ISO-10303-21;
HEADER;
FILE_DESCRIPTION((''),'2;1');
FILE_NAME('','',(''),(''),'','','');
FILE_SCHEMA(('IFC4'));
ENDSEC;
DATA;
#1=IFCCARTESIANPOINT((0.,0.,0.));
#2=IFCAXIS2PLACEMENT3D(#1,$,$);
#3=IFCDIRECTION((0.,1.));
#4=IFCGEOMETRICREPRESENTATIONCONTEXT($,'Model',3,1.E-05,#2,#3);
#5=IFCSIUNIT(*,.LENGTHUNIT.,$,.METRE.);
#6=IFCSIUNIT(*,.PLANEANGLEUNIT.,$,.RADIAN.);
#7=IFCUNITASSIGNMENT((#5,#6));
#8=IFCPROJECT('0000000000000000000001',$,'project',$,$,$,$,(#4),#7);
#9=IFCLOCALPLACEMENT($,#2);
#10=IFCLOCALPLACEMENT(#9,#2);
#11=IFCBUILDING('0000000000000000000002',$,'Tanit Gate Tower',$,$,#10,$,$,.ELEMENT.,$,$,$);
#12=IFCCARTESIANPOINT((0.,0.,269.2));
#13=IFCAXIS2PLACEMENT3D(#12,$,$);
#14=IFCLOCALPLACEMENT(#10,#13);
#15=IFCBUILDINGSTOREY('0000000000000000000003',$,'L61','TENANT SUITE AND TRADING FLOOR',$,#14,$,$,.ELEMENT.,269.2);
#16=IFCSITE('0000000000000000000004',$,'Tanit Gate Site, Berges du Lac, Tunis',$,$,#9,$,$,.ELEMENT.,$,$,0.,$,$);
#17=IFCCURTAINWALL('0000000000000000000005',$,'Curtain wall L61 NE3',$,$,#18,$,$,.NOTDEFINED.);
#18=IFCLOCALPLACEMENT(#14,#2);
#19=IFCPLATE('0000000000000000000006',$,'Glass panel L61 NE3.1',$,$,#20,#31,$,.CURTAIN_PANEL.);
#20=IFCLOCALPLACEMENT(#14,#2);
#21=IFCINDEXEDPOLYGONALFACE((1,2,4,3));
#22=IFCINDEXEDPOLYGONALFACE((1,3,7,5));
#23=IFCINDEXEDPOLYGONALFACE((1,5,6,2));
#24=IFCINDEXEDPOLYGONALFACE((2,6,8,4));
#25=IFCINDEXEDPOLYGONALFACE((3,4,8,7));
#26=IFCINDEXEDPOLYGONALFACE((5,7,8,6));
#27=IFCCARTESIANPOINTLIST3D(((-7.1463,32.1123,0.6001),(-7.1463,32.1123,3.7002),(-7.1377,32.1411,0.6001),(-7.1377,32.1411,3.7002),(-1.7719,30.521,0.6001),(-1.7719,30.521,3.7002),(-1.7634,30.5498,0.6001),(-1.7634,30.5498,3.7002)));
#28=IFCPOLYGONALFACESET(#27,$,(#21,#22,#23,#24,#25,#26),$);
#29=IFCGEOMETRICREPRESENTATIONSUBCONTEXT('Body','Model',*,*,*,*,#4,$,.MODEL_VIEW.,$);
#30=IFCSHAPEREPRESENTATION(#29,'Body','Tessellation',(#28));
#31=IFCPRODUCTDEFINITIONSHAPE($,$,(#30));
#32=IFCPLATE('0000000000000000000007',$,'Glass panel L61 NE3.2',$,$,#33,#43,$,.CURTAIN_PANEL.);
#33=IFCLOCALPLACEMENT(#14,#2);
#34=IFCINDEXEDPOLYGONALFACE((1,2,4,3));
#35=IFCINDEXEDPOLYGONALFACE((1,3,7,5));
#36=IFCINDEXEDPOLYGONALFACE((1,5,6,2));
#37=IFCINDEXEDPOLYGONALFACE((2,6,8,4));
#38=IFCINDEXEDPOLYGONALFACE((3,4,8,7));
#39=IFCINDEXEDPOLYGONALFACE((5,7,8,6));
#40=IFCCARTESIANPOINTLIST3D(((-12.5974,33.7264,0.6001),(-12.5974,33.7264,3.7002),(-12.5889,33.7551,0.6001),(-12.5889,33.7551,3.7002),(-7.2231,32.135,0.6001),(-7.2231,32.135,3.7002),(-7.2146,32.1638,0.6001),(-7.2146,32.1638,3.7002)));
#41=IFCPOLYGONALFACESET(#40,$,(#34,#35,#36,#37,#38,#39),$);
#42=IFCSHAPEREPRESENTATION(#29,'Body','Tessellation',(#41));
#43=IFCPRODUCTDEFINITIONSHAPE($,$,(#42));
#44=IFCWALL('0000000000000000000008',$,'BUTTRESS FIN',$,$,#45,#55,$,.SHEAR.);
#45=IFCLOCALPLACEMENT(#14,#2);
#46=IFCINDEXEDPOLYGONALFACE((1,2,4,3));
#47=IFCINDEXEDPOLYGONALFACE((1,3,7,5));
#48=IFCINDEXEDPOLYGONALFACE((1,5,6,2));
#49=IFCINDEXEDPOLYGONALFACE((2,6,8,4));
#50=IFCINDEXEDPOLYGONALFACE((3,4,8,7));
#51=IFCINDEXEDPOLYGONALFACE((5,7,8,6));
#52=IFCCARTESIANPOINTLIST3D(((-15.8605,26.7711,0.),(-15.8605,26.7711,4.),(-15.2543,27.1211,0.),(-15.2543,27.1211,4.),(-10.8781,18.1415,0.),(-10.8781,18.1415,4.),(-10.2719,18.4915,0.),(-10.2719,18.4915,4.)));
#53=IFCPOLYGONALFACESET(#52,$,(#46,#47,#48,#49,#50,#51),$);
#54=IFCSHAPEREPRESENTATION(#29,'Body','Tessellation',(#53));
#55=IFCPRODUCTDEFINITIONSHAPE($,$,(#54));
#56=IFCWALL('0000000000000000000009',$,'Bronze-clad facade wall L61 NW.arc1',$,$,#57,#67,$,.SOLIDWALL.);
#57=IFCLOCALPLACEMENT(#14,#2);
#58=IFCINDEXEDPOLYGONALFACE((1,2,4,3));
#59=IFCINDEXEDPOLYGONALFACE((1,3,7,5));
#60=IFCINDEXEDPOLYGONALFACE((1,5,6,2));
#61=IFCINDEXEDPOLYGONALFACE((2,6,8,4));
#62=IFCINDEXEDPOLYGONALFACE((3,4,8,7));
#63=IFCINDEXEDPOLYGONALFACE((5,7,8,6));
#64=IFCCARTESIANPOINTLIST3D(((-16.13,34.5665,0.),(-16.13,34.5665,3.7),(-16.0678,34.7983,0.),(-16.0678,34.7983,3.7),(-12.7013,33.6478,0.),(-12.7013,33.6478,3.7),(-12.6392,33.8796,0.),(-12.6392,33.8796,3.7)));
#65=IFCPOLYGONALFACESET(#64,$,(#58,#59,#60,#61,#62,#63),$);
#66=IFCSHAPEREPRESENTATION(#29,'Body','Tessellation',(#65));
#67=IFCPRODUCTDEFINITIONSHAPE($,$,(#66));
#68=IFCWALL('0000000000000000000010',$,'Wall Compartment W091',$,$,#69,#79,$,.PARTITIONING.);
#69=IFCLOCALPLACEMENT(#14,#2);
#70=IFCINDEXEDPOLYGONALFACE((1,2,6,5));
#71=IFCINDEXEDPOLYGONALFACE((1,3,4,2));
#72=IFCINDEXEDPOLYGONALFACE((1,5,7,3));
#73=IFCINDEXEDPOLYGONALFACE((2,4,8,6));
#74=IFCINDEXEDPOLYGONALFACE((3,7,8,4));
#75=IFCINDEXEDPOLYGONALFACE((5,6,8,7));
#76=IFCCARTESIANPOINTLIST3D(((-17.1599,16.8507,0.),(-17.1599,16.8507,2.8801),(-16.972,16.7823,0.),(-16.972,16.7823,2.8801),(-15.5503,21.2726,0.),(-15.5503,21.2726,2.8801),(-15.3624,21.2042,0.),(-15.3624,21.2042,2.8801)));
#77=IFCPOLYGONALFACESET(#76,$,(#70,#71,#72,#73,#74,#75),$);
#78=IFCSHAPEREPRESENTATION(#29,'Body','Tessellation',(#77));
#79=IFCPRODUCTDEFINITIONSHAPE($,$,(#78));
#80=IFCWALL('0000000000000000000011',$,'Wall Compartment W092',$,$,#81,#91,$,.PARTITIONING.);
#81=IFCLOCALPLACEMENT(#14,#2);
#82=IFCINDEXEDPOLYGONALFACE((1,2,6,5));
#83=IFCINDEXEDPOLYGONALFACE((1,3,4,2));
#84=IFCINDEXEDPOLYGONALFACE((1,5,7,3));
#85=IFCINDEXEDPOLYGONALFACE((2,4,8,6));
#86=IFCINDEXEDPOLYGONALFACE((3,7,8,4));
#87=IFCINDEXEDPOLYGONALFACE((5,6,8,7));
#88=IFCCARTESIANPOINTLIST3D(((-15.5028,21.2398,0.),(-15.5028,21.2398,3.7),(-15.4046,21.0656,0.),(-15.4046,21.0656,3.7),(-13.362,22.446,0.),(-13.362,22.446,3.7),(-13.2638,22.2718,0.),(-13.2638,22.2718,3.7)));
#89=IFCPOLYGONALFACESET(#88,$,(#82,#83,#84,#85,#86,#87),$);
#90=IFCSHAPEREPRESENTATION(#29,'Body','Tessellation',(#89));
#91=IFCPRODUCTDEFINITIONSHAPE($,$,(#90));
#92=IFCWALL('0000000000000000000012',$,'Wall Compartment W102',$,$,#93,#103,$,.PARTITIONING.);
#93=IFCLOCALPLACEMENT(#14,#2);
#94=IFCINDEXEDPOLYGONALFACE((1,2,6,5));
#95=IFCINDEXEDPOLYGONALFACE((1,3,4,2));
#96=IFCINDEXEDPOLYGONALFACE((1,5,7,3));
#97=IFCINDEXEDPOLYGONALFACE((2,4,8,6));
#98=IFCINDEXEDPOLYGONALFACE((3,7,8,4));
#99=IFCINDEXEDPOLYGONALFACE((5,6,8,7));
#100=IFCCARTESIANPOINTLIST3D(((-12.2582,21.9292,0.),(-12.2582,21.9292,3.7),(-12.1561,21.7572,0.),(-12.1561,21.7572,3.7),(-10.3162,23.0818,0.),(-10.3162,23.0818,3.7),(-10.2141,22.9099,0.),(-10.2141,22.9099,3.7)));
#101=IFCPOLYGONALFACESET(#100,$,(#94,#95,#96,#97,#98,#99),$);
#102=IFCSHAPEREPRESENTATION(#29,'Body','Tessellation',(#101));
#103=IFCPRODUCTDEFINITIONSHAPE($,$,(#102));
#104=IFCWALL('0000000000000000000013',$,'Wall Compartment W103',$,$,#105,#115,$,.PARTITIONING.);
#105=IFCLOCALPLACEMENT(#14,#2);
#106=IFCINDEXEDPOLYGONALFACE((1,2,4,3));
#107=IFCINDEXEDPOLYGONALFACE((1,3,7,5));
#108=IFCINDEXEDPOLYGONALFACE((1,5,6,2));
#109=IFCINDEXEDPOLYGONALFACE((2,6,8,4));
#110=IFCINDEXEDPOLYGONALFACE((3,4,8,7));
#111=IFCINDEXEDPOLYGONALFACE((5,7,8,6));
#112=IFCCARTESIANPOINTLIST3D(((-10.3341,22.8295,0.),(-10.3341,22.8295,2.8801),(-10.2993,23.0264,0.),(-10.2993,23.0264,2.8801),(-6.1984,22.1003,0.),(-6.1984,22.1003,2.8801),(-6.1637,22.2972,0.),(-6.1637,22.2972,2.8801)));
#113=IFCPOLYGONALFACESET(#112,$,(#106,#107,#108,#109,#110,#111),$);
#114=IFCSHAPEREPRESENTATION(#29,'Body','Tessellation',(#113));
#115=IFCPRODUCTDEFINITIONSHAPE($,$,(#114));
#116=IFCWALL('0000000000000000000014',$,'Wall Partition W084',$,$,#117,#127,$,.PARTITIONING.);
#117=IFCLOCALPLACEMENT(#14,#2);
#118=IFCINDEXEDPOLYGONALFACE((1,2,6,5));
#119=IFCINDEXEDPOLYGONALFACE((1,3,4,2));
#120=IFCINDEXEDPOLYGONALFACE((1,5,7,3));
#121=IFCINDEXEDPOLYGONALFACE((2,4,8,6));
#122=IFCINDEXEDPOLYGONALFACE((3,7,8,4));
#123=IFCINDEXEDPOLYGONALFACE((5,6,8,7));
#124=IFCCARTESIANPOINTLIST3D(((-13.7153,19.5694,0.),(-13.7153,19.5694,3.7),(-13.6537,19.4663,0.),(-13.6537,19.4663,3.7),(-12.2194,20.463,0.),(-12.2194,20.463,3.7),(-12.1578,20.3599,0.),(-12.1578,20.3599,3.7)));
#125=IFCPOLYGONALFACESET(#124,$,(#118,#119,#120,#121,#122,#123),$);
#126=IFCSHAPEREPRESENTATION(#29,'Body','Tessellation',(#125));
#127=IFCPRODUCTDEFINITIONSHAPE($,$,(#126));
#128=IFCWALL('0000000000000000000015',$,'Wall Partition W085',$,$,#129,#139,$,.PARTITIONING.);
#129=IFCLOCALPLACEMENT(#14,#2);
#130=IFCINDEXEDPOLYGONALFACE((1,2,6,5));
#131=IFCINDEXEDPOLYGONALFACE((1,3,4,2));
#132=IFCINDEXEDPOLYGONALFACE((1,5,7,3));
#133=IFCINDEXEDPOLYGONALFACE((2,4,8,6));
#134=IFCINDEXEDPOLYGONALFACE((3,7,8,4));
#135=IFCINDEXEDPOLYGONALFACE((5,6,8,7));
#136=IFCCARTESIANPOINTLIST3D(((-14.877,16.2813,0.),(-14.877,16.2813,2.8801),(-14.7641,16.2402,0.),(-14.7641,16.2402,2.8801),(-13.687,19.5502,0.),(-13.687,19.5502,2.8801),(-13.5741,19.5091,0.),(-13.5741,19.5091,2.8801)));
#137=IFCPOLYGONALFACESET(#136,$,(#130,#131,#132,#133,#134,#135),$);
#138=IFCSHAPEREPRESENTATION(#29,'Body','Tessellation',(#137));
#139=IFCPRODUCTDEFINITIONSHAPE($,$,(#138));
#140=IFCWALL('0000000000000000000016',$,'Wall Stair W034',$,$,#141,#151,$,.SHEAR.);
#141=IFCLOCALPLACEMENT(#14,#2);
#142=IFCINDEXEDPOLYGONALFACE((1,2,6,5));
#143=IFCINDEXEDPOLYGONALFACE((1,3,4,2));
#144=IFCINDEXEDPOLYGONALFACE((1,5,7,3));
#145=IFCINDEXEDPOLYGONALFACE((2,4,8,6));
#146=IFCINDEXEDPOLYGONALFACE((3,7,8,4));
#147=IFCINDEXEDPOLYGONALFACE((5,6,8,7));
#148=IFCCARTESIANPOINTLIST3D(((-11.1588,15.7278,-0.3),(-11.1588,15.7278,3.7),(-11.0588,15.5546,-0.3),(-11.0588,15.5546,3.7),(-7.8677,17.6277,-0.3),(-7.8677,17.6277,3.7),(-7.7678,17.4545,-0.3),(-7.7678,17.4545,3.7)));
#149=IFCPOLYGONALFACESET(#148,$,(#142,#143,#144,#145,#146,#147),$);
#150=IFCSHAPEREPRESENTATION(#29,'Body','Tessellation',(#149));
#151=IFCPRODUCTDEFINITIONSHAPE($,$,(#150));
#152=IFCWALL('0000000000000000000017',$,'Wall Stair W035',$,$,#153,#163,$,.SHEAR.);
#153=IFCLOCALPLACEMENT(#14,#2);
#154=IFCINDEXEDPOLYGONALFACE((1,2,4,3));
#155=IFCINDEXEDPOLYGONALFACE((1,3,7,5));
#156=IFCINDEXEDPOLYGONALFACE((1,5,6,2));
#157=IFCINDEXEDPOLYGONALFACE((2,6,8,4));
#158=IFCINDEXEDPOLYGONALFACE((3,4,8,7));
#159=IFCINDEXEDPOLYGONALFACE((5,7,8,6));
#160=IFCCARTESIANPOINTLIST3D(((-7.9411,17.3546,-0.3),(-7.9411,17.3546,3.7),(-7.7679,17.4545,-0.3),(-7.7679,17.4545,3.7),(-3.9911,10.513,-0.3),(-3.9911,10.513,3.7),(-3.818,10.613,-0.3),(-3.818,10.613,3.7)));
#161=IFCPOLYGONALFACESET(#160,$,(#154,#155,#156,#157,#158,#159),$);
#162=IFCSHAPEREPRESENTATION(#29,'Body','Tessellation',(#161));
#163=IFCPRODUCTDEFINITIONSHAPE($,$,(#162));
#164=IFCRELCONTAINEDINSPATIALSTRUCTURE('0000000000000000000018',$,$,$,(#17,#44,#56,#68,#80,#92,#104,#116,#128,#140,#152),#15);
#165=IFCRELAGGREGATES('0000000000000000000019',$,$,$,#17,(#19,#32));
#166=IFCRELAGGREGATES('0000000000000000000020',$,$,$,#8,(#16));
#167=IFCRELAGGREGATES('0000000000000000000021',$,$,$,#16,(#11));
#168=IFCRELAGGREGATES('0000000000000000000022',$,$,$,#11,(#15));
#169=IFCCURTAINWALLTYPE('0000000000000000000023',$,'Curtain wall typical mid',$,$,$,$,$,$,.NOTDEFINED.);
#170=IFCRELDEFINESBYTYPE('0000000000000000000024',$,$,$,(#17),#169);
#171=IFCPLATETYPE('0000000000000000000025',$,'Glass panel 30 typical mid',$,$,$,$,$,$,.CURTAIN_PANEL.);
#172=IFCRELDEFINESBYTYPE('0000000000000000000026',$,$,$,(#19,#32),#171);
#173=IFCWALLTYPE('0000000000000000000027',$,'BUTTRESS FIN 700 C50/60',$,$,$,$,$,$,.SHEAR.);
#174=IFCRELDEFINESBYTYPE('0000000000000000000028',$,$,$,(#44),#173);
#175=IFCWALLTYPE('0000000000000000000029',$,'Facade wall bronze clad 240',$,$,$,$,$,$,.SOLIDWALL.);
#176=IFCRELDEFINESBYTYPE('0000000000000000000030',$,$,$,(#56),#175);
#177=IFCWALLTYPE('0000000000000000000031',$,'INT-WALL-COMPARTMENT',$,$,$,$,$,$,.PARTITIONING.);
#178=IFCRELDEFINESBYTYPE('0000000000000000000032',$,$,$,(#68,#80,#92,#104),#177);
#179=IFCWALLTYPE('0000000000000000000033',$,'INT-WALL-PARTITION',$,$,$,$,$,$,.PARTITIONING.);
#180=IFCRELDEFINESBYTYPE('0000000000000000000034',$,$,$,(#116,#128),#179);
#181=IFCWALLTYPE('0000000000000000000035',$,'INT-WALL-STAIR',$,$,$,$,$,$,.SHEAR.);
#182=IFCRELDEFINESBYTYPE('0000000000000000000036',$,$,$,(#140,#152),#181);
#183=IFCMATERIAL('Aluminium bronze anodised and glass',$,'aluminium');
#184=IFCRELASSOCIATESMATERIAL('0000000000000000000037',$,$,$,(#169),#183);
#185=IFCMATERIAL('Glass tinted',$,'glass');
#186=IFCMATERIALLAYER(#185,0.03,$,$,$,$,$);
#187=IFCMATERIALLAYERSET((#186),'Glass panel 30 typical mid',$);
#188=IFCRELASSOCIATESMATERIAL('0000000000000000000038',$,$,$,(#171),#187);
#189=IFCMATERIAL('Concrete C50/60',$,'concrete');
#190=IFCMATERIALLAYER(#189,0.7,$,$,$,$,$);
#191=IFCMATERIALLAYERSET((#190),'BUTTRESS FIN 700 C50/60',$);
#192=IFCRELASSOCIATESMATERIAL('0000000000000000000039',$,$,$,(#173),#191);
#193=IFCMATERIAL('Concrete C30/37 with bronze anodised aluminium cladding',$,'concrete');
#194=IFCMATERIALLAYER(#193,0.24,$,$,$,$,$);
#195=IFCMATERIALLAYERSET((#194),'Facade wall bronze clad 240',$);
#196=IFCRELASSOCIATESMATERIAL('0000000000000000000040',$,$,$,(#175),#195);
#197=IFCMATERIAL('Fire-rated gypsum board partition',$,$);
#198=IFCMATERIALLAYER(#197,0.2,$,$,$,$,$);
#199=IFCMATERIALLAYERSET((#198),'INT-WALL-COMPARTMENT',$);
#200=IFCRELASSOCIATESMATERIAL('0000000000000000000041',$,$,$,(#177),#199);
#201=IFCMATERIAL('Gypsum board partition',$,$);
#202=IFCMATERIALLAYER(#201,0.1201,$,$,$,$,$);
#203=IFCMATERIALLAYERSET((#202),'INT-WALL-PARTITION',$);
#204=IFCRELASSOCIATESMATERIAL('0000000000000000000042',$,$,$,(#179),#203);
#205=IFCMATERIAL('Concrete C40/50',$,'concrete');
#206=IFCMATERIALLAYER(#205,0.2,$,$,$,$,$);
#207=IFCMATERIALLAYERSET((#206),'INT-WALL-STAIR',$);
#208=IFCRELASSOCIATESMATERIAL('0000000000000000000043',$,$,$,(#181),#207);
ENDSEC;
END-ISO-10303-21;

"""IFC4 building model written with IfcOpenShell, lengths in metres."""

from ifc_helpers import new_model, si_unit, direction, frame, frame_2d, origin, origin_2d, place, context, subcontext, project, spatial, rectangle, extrude, material, layer, layer_set, type_object, element, aggregate, save


model = new_model("IFC4")

# Units and contexts
model_context = context("Model", 3, precision=1e-05, world=origin(), true_north=direction((0.0, 1.0)))
body_context = subcontext(model_context, "Body", "Model", "MODEL_VIEW")
ifc_project = project(units=[si_unit("LENGTHUNIT", "METRE"), si_unit("PLANEANGLEUNIT", "RADIAN")], contexts=[model_context])

# Site, building, storey
site_placement = place(None, origin())
site = spatial("IfcSite", under=ifc_project, at=site_placement, Name="Tanit Gate Site, Berges du Lac, Tunis", CompositionType="ELEMENT", RefElevation=0.0)
building_placement = place(site_placement, origin())
building = spatial("IfcBuilding", under=site, at=building_placement, Name="Tanit Gate Tower", CompositionType="ELEMENT")
storey_placement = place(building_placement, frame((0.0, 0.0, 269.2)))
storey = spatial("IfcBuildingStorey", under=building, at=storey_placement, Name="L61", Description="TENANT SUITE AND TRADING FLOOR", CompositionType="ELEMENT", Elevation=269.2)

# Curtain wall
ifc_material_1 = material(Name="Aluminium bronze anodised and glass", Category="aluminium")
curtain_wall_type = type_object("IfcCurtainWallType", Name="Curtain wall typical mid", PredefinedType="NOTDEFINED", material=ifc_material_1)
curtain_wall_placement = place(storey_placement, origin())
curtain_wall = element("IfcCurtainWall", 1, at=curtain_wall_placement, inside=storey, type_object=curtain_wall_type, Name="Curtain wall L61 NE3", PredefinedType="NOTDEFINED")

# Plates
ifc_material_2 = material(Name="Glass tinted", Category="glass")
ifc_layer_1 = layer(ifc_material_2, 0.03)
ifc_layer_set_1 = layer_set([ifc_layer_1], Name="Glass panel 30 typical mid")
plate_type = type_object("IfcPlateType", Name="Glass panel 30 typical mid", PredefinedType="CURTAIN_PANEL", material=ifc_layer_set_1)
plate_1_placement = place(storey_placement, frame((-4.4548, 31.3311, 0.6001), z_axis=(0.0, 0.0, 1.0), x_axis=(-0.958848, 0.28392, 0.0)))
plate_1 = element("IfcPlate", 2, at=plate_1_placement, type_object=plate_type, Name="Glass panel L61 NE3.1", PredefinedType="CURTAIN_PANEL", context=body_context, shape_type="SweptSolid", body=[
    extrude(rectangle(XDim=5.605, YDim=0.03, at=origin_2d()), origin(), (0.0, 0.0, 1.0), 3.1001),
])
plate_2_placement = place(storey_placement, frame((-9.906, 32.9451, 0.6001), z_axis=(0.0, 0.0, 1.0), x_axis=(-0.958848, 0.28392, 0.0)))
plate_2 = element("IfcPlate", 3, at=plate_2_placement, type_object=plate_type, Name="Glass panel L61 NE3.2", PredefinedType="CURTAIN_PANEL", context=body_context, shape_type="SweptSolid", body=[
    extrude(rectangle(XDim=5.605, YDim=0.03, at=origin_2d()), origin(), (0.0, 0.0, 1.0), 3.1001),
])
aggregate(curtain_wall, [plate_1, plate_2])

# Walls
ifc_material_3 = material(Name="Concrete C50/60", Category="concrete")
ifc_layer_2 = layer(ifc_material_3, 0.7)
ifc_layer_set_2 = layer_set([ifc_layer_2], Name="BUTTRESS FIN 700 C50/60")
wall_type_1 = type_object("IfcWallType", Name="BUTTRESS FIN 700 C50/60", PredefinedType="SHEAR", material=ifc_layer_set_2)
wall_1_placement = place(storey_placement, frame((-10.575, 18.3164, 0.0), z_axis=(0.0, 0.0, 1.0), x_axis=(-0.500007, 0.866021, 0.0)))
element("IfcWall", 4, at=wall_1_placement, inside=storey, type_object=wall_type_1, Name="BUTTRESS FIN", PredefinedType="SHEAR", context=body_context, shape_type="SweptSolid", body=[
    extrude(rectangle(XDim=9.9646, YDim=0.7, at=frame_2d((4.9824, 0.0))), origin(), (0.0, 0.0, 1.0), 4.0),
])
ifc_material_4 = material(Name="Concrete C30/37 with bronze anodised aluminium cladding", Category="concrete")
ifc_layer_3 = layer(ifc_material_4, 0.24)
ifc_layer_set_3 = layer_set([ifc_layer_3], Name="Facade wall bronze clad 240")
wall_type_2 = type_object("IfcWallType", Name="Facade wall bronze clad 240", PredefinedType="SOLIDWALL", material=ifc_layer_set_3)
wall_2_placement = place(storey_placement, frame((-12.6702, 33.7637, 0.0), z_axis=(0.0, 0.0, 1.0), x_axis=(-0.965927, 0.258814, 0.0)))
element("IfcWall", 5, at=wall_2_placement, inside=storey, type_object=wall_type_2, Name="Bronze-clad facade wall L61 NW.arc1", PredefinedType="SOLIDWALL", context=body_context, shape_type="SweptSolid", body=[
    extrude(rectangle(XDim=3.5496, YDim=0.24, at=frame_2d((1.7749, 0.0))), origin(), (0.0, 0.0, 1.0), 3.7),
])
ifc_material_5 = material(Name="Fire-rated gypsum board partition")
ifc_layer_4 = layer(ifc_material_5, 0.2)
ifc_layer_set_4 = layer_set([ifc_layer_4], Name="INT-WALL-COMPARTMENT")
wall_type_3 = type_object("IfcWallType", Name="INT-WALL-COMPARTMENT", PredefinedType="PARTITIONING", material=ifc_layer_set_4)
wall_3_placement = place(storey_placement, frame((-15.4563, 21.2385, 0.0), z_axis=(0.0, 0.0, 1.0), x_axis=(-0.342055, -0.93968, 0.0)))
element("IfcWall", 6, at=wall_3_placement, inside=storey, type_object=wall_type_3, Name="Wall Compartment W091", PredefinedType="PARTITIONING", context=body_context, shape_type="SweptSolid", body=[
    extrude(rectangle(XDim=4.7058, YDim=0.2, at=frame_2d((2.353, 0.0))), origin(), (0.0, 0.0, 1.0), 2.8801),
])
wall_4_placement = place(storey_placement, frame((-13.313, 22.3589, 0.0), z_axis=(0.0, 0.0, 1.0), x_axis=(-0.871217, -0.490898, 0.0)))
element("IfcWall", 7, at=wall_4_placement, inside=storey, type_object=wall_type_3, Name="Wall Compartment W092", PredefinedType="PARTITIONING", context=body_context, shape_type="SweptSolid", body=[
    extrude(rectangle(XDim=2.4573, YDim=0.2, at=frame_2d((1.2285, 0.0))), origin(), (0.0, 0.0, 1.0), 3.7),
])
wall_5_placement = place(storey_placement, frame((-10.2651, 22.9958, 0.0), z_axis=(0.0, 0.0, 1.0), x_axis=(-0.859935, -0.510404, 0.0)))
element("IfcWall", 8, at=wall_5_placement, inside=storey, type_object=wall_type_3, Name="Wall Compartment W102", PredefinedType="PARTITIONING", context=body_context, shape_type="SweptSolid", body=[
    extrude(rectangle(XDim=2.2583, YDim=0.2, at=frame_2d((1.1292, 0.0))), origin(), (0.0, 0.0, 1.0), 3.7),
])
wall_6_placement = place(storey_placement, frame((-6.1812, 22.1987, 0.0), z_axis=(0.0, 0.0, 1.0), x_axis=(-0.984808, 0.173649, 0.0)))
element("IfcWall", 9, at=wall_6_placement, inside=storey, type_object=wall_type_3, Name="Wall Compartment W103", PredefinedType="PARTITIONING", context=body_context, shape_type="SweptSolid", body=[
    extrude(rectangle(XDim=4.1995, YDim=0.2, at=frame_2d((2.0996, 0.0))), origin(), (0.0, 0.0, 1.0), 2.8801),
])
ifc_material_6 = material(Name="Gypsum board partition")
ifc_layer_5 = layer(ifc_material_6, 0.1201)
ifc_layer_set_5 = layer_set([ifc_layer_5], Name="INT-WALL-PARTITION")
wall_type_4 = type_object("IfcWallType", Name="INT-WALL-PARTITION", PredefinedType="PARTITIONING", material=ifc_layer_set_5)
wall_7_placement = place(storey_placement, frame((-12.1887, 20.4114, 0.0), z_axis=(0.0, 0.0, 1.0), x_axis=(-0.858493, -0.512826, 0.0)))
element("IfcWall", 10, at=wall_7_placement, inside=storey, type_object=wall_type_4, Name="Wall Partition W084", PredefinedType="PARTITIONING", context=body_context, shape_type="SweptSolid", body=[
    extrude(rectangle(XDim=1.7424, YDim=0.1201, at=frame_2d((0.8711, 0.0))), origin(), (0.0, 0.0, 1.0), 3.7),
])
wall_8_placement = place(storey_placement, frame((-13.6306, 19.5295, 0.0), z_axis=(0.0, 0.0, 1.0), x_axis=(-0.34207, -0.939675, 0.0)))
element("IfcWall", 11, at=wall_8_placement, inside=storey, type_object=wall_type_4, Name="Wall Partition W085", PredefinedType="PARTITIONING", context=body_context, shape_type="SweptSolid", body=[
    extrude(rectangle(XDim=3.4788, YDim=0.1201, at=frame_2d((1.7393, 0.0))), origin(), (0.0, 0.0, 1.0), 2.8801),
])
ifc_material_7 = material(Name="Concrete C40/50", Category="concrete")
ifc_layer_6 = layer(ifc_material_7, 0.2)
ifc_layer_set_6 = layer_set([ifc_layer_6], Name="INT-WALL-STAIR")
wall_type_5 = type_object("IfcWallType", Name="INT-WALL-STAIR", PredefinedType="SHEAR", material=ifc_layer_set_6)
wall_9_placement = place(storey_placement, frame((-7.8179, 17.541, -0.3), z_axis=(0.0, 0.0, 1.0), x_axis=(-0.866044, -0.499967, 0.0)))
element("IfcWall", 12, at=wall_9_placement, inside=storey, type_object=wall_type_5, Name="Wall Stair W034", PredefinedType="SHEAR", context=body_context, shape_type="SweptSolid", body=[
    extrude(rectangle(XDim=3.8, YDim=0.2, at=frame_2d((1.8999, 0.0))), origin(), (0.0, 0.0, 1.0), 4.0),
])
wall_10_placement = place(storey_placement, frame((-7.8545, 17.4045, -0.3), z_axis=(0.0, 0.0, 1.0), x_axis=(0.499998, -0.866027, 0.0)))
element("IfcWall", 13, at=wall_10_placement, inside=storey, type_object=wall_type_5, Name="Wall Stair W035", PredefinedType="SHEAR", context=body_context, shape_type="SweptSolid", body=[
    extrude(rectangle(XDim=7.8999, YDim=0.2, at=frame_2d((3.95, 0.0))), origin(), (0.0, 0.0, 1.0), 4.0),
])

save(model, "model.ifc")
